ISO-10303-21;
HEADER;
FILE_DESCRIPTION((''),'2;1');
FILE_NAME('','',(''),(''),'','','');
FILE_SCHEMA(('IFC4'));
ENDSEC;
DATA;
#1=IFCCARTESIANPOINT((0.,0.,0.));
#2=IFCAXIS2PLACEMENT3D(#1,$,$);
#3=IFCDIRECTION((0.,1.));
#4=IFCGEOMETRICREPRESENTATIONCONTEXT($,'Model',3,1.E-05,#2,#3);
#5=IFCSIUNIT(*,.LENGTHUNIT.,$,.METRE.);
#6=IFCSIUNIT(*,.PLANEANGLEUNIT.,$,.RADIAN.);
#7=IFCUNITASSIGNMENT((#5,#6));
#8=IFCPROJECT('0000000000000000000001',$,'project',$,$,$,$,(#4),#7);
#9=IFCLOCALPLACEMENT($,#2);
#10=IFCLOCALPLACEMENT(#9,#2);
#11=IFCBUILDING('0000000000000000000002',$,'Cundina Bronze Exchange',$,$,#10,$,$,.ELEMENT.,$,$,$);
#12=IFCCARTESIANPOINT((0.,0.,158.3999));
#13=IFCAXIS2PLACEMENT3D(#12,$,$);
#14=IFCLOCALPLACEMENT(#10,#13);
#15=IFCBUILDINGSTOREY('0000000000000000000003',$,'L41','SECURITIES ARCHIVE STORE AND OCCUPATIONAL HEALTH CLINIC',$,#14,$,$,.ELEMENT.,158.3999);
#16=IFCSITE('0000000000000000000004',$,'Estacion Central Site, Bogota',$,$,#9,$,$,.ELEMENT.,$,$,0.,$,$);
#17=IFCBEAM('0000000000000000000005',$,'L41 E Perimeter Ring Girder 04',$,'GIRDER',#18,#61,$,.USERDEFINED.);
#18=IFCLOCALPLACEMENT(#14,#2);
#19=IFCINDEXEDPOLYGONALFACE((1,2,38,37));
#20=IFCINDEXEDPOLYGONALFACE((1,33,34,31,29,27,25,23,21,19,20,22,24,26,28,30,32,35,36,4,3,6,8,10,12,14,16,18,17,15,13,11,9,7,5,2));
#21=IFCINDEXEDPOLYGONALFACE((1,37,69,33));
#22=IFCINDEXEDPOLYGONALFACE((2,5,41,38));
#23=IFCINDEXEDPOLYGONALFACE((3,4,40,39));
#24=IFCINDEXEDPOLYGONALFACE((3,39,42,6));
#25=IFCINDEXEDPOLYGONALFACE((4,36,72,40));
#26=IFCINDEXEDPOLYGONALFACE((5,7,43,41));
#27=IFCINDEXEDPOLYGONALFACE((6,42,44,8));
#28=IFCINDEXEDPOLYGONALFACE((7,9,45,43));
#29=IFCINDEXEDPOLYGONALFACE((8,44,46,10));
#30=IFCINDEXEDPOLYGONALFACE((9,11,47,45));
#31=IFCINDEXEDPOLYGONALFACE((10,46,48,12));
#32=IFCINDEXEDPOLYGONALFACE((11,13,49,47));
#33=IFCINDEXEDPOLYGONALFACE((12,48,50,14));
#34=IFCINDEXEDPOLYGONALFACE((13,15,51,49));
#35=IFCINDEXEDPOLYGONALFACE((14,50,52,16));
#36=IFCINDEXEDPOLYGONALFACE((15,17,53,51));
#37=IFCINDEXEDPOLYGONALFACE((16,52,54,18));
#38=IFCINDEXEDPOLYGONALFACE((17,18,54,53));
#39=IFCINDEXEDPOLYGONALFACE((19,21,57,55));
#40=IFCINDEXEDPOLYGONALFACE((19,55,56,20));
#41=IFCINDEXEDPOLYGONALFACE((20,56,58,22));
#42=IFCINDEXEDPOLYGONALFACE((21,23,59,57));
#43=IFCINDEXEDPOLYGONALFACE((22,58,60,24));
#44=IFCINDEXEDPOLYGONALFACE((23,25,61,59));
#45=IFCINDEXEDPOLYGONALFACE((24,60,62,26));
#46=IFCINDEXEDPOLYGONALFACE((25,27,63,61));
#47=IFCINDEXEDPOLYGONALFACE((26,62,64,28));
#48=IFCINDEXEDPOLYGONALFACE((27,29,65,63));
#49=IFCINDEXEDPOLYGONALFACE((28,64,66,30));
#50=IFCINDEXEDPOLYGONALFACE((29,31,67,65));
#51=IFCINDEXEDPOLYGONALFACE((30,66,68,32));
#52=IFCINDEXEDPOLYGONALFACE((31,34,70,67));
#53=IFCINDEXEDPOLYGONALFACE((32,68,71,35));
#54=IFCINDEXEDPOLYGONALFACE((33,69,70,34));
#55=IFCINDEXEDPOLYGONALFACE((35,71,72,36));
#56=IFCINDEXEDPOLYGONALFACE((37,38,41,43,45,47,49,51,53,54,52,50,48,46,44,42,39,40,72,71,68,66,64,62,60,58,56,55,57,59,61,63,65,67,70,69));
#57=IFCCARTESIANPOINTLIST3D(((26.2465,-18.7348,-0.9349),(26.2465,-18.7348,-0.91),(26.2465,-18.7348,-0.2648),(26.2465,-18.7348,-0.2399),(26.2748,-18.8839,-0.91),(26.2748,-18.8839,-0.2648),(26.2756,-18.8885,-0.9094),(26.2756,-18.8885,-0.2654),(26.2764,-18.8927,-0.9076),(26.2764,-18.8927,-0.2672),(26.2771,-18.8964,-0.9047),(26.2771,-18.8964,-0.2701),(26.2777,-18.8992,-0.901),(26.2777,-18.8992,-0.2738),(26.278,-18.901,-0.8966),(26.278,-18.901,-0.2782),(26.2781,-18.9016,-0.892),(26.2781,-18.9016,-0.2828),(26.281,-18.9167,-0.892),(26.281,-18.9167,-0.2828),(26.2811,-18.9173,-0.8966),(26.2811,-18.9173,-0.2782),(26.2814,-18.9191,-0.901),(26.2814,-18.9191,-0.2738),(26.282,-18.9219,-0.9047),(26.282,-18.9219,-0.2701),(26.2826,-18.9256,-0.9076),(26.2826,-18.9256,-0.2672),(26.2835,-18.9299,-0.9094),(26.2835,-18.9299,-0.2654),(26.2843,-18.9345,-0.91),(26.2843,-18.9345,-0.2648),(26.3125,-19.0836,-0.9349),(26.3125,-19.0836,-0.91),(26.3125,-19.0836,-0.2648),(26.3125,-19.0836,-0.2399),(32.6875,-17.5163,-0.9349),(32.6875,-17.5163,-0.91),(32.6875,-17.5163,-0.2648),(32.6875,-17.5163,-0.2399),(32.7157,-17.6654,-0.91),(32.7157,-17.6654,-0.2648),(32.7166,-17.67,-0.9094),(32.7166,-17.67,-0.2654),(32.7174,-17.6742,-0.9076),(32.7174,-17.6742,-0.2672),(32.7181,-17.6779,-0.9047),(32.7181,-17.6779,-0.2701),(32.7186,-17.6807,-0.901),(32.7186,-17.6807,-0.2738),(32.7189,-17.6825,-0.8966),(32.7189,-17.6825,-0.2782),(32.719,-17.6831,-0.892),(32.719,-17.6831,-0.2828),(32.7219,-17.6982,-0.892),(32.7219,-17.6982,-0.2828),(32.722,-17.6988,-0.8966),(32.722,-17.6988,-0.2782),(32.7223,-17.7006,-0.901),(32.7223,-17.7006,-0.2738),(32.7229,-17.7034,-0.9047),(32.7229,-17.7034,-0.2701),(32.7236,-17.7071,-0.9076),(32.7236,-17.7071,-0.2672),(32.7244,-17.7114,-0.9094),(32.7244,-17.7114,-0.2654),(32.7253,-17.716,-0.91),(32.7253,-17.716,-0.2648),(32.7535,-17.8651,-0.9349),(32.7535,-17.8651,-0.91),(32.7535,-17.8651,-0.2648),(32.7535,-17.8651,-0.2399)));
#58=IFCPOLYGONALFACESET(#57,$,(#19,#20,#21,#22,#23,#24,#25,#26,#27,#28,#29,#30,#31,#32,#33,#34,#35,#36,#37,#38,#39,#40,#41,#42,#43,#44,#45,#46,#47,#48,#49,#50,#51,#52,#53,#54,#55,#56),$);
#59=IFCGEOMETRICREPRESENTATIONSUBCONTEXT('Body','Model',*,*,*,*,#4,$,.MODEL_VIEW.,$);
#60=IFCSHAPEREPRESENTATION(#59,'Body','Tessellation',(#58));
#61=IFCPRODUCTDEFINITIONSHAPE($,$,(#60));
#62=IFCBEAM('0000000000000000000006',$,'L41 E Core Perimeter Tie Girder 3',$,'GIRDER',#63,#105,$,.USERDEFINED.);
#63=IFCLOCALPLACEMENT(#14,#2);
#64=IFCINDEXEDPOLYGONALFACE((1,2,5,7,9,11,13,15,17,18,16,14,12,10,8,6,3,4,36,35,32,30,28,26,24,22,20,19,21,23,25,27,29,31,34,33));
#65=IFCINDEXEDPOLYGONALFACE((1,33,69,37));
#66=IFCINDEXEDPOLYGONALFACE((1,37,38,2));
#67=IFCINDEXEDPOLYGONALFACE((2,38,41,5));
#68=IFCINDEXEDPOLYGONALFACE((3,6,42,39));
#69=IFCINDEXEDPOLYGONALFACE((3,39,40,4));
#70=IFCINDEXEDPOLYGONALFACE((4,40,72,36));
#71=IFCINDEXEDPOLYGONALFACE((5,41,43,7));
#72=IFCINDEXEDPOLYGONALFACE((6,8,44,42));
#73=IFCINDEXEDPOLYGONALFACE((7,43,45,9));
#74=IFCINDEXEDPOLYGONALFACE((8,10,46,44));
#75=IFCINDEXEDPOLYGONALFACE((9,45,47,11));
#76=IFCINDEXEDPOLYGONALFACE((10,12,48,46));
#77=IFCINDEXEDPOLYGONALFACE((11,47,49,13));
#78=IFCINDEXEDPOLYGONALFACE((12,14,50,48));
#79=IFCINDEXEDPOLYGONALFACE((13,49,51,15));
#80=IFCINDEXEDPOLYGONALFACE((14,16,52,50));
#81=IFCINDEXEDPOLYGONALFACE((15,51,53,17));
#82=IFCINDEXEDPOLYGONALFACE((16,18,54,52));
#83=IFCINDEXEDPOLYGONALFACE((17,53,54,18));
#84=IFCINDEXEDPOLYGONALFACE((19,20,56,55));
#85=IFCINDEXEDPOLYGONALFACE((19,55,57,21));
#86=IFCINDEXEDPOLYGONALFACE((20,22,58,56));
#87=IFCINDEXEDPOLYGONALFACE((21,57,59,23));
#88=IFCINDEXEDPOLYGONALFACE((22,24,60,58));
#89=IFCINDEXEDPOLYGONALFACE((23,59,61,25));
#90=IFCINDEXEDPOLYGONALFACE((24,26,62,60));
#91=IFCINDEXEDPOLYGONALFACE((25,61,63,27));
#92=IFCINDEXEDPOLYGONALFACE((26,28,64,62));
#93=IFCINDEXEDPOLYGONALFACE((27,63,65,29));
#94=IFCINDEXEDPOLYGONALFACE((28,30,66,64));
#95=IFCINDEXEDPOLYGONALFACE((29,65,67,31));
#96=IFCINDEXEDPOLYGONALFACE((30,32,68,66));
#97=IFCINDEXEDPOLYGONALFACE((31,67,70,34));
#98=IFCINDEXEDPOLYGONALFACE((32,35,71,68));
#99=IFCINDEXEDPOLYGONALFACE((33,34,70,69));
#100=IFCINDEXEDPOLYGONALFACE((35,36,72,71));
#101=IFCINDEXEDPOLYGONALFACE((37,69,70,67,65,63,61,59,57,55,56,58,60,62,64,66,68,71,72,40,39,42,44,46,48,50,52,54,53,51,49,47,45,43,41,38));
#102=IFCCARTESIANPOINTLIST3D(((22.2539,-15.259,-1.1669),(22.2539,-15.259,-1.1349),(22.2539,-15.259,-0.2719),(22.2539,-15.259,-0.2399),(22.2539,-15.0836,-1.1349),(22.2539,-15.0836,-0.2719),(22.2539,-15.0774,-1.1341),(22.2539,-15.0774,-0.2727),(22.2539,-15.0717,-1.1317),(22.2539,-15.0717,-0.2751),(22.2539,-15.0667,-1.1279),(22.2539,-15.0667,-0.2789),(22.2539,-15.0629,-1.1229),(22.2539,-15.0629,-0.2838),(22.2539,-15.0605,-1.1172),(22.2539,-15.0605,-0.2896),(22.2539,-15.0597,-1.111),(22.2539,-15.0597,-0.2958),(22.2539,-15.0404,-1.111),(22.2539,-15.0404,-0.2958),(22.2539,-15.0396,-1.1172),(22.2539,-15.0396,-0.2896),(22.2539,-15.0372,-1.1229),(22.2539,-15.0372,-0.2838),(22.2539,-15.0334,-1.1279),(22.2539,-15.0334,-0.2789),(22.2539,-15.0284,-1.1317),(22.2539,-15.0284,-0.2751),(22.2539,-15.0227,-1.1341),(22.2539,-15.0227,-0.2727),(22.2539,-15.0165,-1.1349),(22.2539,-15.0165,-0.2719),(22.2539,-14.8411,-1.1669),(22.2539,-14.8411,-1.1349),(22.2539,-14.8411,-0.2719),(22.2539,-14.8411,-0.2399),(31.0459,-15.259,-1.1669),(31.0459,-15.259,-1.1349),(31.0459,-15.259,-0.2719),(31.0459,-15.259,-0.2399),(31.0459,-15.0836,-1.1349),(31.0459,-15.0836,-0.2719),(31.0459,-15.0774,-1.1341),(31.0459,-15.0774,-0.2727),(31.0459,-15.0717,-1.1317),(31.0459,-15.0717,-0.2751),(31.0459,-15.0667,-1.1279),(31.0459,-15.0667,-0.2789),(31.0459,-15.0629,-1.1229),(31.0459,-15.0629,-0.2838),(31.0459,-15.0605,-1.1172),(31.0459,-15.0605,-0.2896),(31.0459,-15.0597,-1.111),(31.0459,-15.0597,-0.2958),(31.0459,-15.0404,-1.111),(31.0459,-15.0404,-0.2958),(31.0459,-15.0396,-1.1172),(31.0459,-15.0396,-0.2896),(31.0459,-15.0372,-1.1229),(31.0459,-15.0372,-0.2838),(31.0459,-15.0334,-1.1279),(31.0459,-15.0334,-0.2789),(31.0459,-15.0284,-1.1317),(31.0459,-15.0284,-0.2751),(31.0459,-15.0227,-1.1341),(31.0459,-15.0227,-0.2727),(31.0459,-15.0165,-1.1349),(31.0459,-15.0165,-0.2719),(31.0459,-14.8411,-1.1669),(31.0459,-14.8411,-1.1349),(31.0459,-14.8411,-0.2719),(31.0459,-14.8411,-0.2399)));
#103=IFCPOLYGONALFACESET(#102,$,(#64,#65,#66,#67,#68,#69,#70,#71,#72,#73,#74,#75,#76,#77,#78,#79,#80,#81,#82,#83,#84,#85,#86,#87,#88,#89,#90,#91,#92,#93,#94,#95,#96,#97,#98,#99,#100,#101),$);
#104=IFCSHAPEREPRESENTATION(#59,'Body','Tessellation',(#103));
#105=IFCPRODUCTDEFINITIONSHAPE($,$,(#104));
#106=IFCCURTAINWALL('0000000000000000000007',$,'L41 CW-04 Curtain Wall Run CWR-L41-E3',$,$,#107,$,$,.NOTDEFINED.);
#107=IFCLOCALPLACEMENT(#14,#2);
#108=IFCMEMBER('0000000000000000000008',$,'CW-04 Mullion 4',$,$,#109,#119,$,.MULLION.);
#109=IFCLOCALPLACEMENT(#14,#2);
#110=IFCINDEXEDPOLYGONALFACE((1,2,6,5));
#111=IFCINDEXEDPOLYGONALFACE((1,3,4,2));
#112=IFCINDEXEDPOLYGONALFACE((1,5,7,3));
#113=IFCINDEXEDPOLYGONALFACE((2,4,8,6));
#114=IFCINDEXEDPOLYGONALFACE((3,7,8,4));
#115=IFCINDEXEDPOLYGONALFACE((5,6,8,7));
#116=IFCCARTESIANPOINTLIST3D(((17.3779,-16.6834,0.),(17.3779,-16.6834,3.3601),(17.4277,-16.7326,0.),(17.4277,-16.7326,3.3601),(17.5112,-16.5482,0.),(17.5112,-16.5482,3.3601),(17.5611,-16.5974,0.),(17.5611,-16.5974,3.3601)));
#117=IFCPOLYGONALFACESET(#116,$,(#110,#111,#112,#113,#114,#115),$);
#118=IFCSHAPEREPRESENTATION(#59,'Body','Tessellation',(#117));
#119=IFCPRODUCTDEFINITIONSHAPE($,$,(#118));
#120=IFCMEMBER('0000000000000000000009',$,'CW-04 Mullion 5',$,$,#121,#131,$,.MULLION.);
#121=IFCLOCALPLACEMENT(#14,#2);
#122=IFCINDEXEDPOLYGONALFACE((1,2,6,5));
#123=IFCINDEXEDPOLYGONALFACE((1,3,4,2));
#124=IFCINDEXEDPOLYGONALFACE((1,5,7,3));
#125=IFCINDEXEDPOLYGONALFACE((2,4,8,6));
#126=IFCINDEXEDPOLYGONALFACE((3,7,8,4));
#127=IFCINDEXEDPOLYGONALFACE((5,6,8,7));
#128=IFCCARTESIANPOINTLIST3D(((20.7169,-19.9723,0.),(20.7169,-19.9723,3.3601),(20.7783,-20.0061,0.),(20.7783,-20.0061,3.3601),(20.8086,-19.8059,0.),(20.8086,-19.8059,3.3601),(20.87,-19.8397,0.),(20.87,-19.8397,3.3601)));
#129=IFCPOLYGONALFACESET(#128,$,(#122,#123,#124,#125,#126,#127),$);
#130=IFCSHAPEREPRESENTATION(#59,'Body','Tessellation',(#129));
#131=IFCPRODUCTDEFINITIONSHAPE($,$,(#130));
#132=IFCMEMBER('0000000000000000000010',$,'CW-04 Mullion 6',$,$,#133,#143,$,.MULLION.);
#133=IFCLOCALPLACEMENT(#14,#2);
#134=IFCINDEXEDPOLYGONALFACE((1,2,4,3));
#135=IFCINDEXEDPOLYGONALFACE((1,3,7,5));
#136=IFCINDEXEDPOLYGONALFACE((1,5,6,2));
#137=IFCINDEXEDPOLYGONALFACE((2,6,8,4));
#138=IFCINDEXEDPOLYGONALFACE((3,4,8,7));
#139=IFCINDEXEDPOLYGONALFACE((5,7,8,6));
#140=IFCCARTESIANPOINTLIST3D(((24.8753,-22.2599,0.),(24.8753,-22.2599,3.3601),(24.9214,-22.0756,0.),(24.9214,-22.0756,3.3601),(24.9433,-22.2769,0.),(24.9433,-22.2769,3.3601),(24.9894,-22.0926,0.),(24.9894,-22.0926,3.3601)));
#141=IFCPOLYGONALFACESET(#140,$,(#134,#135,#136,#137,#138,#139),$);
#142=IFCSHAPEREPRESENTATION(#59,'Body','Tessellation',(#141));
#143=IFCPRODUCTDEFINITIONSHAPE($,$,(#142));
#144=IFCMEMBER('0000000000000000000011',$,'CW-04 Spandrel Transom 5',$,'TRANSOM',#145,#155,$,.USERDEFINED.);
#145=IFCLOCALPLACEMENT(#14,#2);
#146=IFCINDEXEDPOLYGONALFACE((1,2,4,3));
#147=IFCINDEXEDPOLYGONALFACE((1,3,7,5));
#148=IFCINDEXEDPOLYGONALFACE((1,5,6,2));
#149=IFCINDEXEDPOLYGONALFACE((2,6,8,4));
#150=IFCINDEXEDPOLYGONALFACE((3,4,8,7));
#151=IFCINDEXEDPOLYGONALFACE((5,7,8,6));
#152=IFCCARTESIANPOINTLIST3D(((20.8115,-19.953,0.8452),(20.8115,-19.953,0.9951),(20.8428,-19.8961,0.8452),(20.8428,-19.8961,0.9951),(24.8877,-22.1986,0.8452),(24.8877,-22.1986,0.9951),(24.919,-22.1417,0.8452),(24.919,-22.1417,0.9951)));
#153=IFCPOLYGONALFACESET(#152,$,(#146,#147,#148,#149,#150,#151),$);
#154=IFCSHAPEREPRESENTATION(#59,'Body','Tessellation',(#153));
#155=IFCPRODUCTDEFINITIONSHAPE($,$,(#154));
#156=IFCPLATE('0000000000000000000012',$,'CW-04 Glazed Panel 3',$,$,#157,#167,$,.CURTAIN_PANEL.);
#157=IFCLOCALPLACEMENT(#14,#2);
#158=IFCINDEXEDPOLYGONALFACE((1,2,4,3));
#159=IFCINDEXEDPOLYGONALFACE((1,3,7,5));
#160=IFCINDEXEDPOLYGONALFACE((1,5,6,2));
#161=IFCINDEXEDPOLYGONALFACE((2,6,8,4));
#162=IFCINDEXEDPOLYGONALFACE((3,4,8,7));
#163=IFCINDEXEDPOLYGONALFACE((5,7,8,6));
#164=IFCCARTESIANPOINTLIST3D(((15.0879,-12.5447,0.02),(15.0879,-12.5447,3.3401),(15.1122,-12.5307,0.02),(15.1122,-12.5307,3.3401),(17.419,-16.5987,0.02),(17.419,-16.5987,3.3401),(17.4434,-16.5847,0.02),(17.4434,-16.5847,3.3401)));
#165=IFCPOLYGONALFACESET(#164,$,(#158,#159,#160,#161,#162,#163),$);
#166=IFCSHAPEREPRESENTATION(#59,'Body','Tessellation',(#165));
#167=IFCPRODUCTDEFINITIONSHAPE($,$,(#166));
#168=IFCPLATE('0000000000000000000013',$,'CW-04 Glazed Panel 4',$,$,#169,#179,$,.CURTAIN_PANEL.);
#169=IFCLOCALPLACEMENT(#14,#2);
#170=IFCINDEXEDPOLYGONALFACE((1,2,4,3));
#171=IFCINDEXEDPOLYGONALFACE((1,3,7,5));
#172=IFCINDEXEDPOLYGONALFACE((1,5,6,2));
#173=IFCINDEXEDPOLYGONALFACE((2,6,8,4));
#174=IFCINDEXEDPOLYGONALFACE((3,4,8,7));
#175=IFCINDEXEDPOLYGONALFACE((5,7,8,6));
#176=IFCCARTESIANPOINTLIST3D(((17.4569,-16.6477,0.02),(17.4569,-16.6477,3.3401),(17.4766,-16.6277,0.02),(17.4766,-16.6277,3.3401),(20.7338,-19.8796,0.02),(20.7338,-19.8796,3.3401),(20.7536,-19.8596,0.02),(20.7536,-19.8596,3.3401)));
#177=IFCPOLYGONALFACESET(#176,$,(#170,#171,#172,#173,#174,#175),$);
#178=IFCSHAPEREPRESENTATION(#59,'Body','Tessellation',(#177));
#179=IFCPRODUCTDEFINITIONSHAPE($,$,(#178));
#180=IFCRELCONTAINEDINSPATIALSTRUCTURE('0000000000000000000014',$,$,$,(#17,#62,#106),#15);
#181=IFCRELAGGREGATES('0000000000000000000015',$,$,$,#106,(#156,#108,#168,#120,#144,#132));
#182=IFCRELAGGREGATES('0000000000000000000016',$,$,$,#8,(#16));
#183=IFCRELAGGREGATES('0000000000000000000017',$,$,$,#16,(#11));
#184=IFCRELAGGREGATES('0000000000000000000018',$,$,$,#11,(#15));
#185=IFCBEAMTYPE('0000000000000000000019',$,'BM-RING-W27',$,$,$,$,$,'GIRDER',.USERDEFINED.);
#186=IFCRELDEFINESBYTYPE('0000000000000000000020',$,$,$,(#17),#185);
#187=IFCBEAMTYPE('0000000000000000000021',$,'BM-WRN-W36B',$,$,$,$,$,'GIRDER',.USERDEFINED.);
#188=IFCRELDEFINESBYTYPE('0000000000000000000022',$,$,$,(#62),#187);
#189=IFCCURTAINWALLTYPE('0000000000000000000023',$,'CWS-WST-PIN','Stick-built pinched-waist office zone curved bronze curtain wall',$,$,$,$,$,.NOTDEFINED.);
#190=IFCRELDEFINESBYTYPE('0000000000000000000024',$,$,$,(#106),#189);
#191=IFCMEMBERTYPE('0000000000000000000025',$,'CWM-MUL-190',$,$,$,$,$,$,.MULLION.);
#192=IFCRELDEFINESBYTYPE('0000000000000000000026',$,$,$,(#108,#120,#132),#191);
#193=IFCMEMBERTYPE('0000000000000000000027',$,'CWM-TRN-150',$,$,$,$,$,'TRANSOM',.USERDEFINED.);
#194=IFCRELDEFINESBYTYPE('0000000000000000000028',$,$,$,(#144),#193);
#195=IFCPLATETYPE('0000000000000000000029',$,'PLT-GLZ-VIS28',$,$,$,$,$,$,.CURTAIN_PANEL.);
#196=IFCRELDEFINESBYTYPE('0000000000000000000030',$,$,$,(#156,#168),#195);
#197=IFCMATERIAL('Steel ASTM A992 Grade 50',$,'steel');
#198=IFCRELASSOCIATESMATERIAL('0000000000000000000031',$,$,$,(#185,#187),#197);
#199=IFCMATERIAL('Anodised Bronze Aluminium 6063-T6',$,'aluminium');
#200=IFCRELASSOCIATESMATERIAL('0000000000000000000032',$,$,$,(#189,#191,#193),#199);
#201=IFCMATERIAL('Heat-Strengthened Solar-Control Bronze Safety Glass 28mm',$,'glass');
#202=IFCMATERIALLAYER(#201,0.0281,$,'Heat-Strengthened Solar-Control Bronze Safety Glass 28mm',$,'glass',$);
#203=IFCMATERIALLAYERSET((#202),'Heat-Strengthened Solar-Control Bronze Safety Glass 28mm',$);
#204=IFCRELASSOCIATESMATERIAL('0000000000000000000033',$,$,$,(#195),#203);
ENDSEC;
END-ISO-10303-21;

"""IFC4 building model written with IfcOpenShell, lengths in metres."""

from ifc_helpers import new_model, si_unit, direction, frame, origin, origin_2d, place, context, subcontext, project, spatial, rectangle, i_section, extrude, material, layer, layer_set, material_profile, profile_set, type_object, element, aggregate, save


model = new_model("IFC4")

# Units and contexts
model_context = context("Model", 3, precision=1e-05, world=origin(), true_north=direction((0.0, 1.0)))
body_context = subcontext(model_context, "Body", "Model", "MODEL_VIEW")
ifc_project = project(units=[si_unit("LENGTHUNIT", "METRE"), si_unit("PLANEANGLEUNIT", "RADIAN")], contexts=[model_context])

# Site, building, storey
site_placement = place(None, origin())
site = spatial("IfcSite", under=ifc_project, at=site_placement, Name="Estacion Central Site, Bogota", CompositionType="ELEMENT", RefElevation=0.0)
building_placement = place(site_placement, origin())
building = spatial("IfcBuilding", under=site, at=building_placement, Name="Cundina Bronze Exchange", CompositionType="ELEMENT")
storey_placement = place(building_placement, frame((0.0, 0.0, 158.3999)))
storey = spatial("IfcBuildingStorey", under=building, at=storey_placement, Name="L41", Description="SECURITIES ARCHIVE STORE AND OCCUPATIONAL HEALTH CLINIC", CompositionType="ELEMENT", Elevation=158.3999)

# Shared definitions
ifc_material_1 = material(Name="Steel ASTM A992 Grade 50", Category="steel")

# Beams
ifc_material_profile_1 = material_profile(ifc_material_1, i_section(OverallWidth=0.355, OverallDepth=0.6951, WebThickness=0.0154, FlangeThickness=0.0249, FilletRadius=0.0181, at=origin_2d()), Name="W27X146", Category="steel")
ifc_profile_set_1 = profile_set([ifc_material_profile_1], Name="Steel ASTM A992 Grade 50")
beam_type_1 = type_object("IfcBeamType", Name="BM-RING-W27", ElementType="GIRDER", PredefinedType="USERDEFINED", material=ifc_profile_set_1)
beam_1_placement = place(storey_placement, frame((26.2795, -18.9092, -0.5874), z_axis=(0.982572, 0.185885, 0.0), x_axis=(-0.185885, 0.982572, 0.0)))
element("IfcBeam", 1, at=beam_1_placement, inside=storey, type_object=beam_type_1, Name="L41 E Perimeter Ring Girder 04", ObjectType="GIRDER", PredefinedType="USERDEFINED", context=body_context, shape_type="SweptSolid", body=[
    extrude(i_section(OverallWidth=0.355, OverallDepth=0.6951, WebThickness=0.0154, FlangeThickness=0.0249, FilletRadius=0.0181, at=origin_2d()), origin(), (0.0, 0.0, 1.0), 6.5552),
])
ifc_material_profile_2 = material_profile(ifc_material_1, i_section(OverallWidth=0.418, OverallDepth=0.927, WebThickness=0.0193, FlangeThickness=0.032, FilletRadius=0.0239, at=origin_2d()), Name="W36X231", Category="steel")
ifc_profile_set_2 = profile_set([ifc_material_profile_2], Name="Steel ASTM A992 Grade 50")
beam_type_2 = type_object("IfcBeamType", Name="BM-WRN-W36B", ElementType="GIRDER", PredefinedType="USERDEFINED", material=ifc_profile_set_2)
beam_2_placement = place(storey_placement, frame((22.2539, -15.05, -0.7034), z_axis=(1.0, 0.0, 0.0), x_axis=(0.0, 1.0, 0.0)))
element("IfcBeam", 2, at=beam_2_placement, inside=storey, type_object=beam_type_2, Name="L41 E Core Perimeter Tie Girder 3", ObjectType="GIRDER", PredefinedType="USERDEFINED", context=body_context, shape_type="SweptSolid", body=[
    extrude(i_section(OverallWidth=0.418, OverallDepth=0.927, WebThickness=0.0193, FlangeThickness=0.032, FilletRadius=0.0239, at=origin_2d()), origin(), (0.0, 0.0, 1.0), 8.792),
])

# Curtain wall, members, plates
ifc_material_2 = material(Name="Anodised Bronze Aluminium 6063-T6", Category="aluminium")
curtain_wall_type = type_object("IfcCurtainWallType", Name="CWS-WST-PIN", Description="Stick-built pinched-waist office zone curved bronze curtain wall", PredefinedType="NOTDEFINED", material=ifc_material_2)
curtain_wall_placement = place(storey_placement, origin())
curtain_wall = element("IfcCurtainWall", 3, at=curtain_wall_placement, inside=storey, type_object=curtain_wall_type, Name="L41 CW-04 Curtain Wall Run CWR-L41-E3", PredefinedType="NOTDEFINED")
ifc_material_profile_3 = material_profile(ifc_material_2, rectangle(XDim=0.0701, YDim=0.1899, at=origin_2d()), Name="AL70X190", Category="aluminium")
ifc_profile_set_3 = profile_set([ifc_material_profile_3], Name="Anodised Bronze Aluminium 6063-T6")
member_type_1 = type_object("IfcMemberType", Name="CWM-MUL-190", PredefinedType="MULLION", material=ifc_profile_set_3)
member_1_placement = place(storey_placement, frame((17.4695, -16.6404, 0.0), z_axis=(0.0, 0.0, 1.0), x_axis=(0.712026, -0.702153, 0.0)))
member_1 = element("IfcMember", 4, at=member_1_placement, type_object=member_type_1, Name="CW-04 Mullion 4", PredefinedType="MULLION", context=body_context, shape_type="SweptSolid", body=[
    extrude(rectangle(XDim=0.0701, YDim=0.1899, at=origin_2d()), origin(), (0.0, 0.0, 1.0), 3.3601),
])
member_2_placement = place(storey_placement, frame((20.7935, -19.906, 0.0), z_axis=(0.0, 0.0, 1.0), x_axis=(0.875886, -0.482518, 0.0)))
member_2 = element("IfcMember", 5, at=member_2_placement, type_object=member_type_1, Name="CW-04 Mullion 5", PredefinedType="MULLION", context=body_context, shape_type="SweptSolid", body=[
    extrude(rectangle(XDim=0.0701, YDim=0.1899, at=origin_2d()), origin(), (0.0, 0.0, 1.0), 3.3601),
])
member_3_placement = place(storey_placement, frame((24.9324, -22.1763, 0.0), z_axis=(0.0, 0.0, 1.0), x_axis=(0.970084, -0.242769, 0.0)))
member_3 = element("IfcMember", 6, at=member_3_placement, type_object=member_type_1, Name="CW-04 Mullion 6", PredefinedType="MULLION", context=body_context, shape_type="SweptSolid", body=[
    extrude(rectangle(XDim=0.0701, YDim=0.1899, at=origin_2d()), origin(), (0.0, 0.0, 1.0), 3.3601),
])
ifc_material_profile_4 = material_profile(ifc_material_2, rectangle(XDim=0.0649, YDim=0.1499, at=origin_2d()), Name="AL65X150", Category="aluminium")
ifc_profile_set_4 = profile_set([ifc_material_profile_4], Name="Anodised Bronze Aluminium 6063-T6")
member_type_2 = type_object("IfcMemberType", Name="CWM-TRN-150", ElementType="TRANSOM", PredefinedType="USERDEFINED", material=ifc_profile_set_4)
member_4_placement = place(storey_placement, frame((20.8271, -19.9246, 0.9202), z_axis=(0.875879, -0.482531, 0.0), x_axis=(0.482531, 0.875879, 0.0)))
member_4 = element("IfcMember", 7, at=member_4_placement, type_object=member_type_2, Name="CW-04 Spandrel Transom 5", ObjectType="TRANSOM", PredefinedType="USERDEFINED", context=body_context, shape_type="SweptSolid", body=[
    extrude(rectangle(XDim=0.0649, YDim=0.1499, at=origin_2d()), origin(), (0.0, 0.0, 1.0), 4.6538),
])
ifc_material_3 = material(Name="Heat-Strengthened Solar-Control Bronze Safety Glass 28mm", Category="glass")
ifc_layer_1 = layer(ifc_material_3, 0.0281, Name="Heat-Strengthened Solar-Control Bronze Safety Glass 28mm", Category="glass")
ifc_layer_set_1 = layer_set([ifc_layer_1], Name="Heat-Strengthened Solar-Control Bronze Safety Glass 28mm")
plate_type = type_object("IfcPlateType", Name="PLT-GLZ-VIS28", PredefinedType="CURTAIN_PANEL", material=ifc_layer_set_1)
plate_1_placement = place(storey_placement, frame((16.2656, -14.5647, 0.02), z_axis=(0.0, 0.0, 1.0), x_axis=(0.498488, -0.866897, 0.0)))
plate_1 = element("IfcPlate", 8, at=plate_1_placement, type_object=plate_type, Name="CW-04 Glazed Panel 3", PredefinedType="CURTAIN_PANEL", context=body_context, shape_type="SweptSolid", body=[
    extrude(rectangle(XDim=4.6765, YDim=0.0281, at=origin_2d()), origin(), (0.0, 0.0, 1.0), 3.3201),
])
plate_2_placement = place(storey_placement, frame((19.1052, -18.2537, 0.02), z_axis=(0.0, 0.0, 1.0), x_axis=(0.711989, -0.70219, 0.0)))
plate_2 = element("IfcPlate", 9, at=plate_2_placement, type_object=plate_type, Name="CW-04 Glazed Panel 4", PredefinedType="CURTAIN_PANEL", context=body_context, shape_type="SweptSolid", body=[
    extrude(rectangle(XDim=4.6025, YDim=0.0281, at=origin_2d()), origin(), (0.0, 0.0, 1.0), 3.3201),
])
aggregate(curtain_wall, [plate_1, member_1, plate_2, member_2, member_4, member_3])

save(model, "model.ifc")
